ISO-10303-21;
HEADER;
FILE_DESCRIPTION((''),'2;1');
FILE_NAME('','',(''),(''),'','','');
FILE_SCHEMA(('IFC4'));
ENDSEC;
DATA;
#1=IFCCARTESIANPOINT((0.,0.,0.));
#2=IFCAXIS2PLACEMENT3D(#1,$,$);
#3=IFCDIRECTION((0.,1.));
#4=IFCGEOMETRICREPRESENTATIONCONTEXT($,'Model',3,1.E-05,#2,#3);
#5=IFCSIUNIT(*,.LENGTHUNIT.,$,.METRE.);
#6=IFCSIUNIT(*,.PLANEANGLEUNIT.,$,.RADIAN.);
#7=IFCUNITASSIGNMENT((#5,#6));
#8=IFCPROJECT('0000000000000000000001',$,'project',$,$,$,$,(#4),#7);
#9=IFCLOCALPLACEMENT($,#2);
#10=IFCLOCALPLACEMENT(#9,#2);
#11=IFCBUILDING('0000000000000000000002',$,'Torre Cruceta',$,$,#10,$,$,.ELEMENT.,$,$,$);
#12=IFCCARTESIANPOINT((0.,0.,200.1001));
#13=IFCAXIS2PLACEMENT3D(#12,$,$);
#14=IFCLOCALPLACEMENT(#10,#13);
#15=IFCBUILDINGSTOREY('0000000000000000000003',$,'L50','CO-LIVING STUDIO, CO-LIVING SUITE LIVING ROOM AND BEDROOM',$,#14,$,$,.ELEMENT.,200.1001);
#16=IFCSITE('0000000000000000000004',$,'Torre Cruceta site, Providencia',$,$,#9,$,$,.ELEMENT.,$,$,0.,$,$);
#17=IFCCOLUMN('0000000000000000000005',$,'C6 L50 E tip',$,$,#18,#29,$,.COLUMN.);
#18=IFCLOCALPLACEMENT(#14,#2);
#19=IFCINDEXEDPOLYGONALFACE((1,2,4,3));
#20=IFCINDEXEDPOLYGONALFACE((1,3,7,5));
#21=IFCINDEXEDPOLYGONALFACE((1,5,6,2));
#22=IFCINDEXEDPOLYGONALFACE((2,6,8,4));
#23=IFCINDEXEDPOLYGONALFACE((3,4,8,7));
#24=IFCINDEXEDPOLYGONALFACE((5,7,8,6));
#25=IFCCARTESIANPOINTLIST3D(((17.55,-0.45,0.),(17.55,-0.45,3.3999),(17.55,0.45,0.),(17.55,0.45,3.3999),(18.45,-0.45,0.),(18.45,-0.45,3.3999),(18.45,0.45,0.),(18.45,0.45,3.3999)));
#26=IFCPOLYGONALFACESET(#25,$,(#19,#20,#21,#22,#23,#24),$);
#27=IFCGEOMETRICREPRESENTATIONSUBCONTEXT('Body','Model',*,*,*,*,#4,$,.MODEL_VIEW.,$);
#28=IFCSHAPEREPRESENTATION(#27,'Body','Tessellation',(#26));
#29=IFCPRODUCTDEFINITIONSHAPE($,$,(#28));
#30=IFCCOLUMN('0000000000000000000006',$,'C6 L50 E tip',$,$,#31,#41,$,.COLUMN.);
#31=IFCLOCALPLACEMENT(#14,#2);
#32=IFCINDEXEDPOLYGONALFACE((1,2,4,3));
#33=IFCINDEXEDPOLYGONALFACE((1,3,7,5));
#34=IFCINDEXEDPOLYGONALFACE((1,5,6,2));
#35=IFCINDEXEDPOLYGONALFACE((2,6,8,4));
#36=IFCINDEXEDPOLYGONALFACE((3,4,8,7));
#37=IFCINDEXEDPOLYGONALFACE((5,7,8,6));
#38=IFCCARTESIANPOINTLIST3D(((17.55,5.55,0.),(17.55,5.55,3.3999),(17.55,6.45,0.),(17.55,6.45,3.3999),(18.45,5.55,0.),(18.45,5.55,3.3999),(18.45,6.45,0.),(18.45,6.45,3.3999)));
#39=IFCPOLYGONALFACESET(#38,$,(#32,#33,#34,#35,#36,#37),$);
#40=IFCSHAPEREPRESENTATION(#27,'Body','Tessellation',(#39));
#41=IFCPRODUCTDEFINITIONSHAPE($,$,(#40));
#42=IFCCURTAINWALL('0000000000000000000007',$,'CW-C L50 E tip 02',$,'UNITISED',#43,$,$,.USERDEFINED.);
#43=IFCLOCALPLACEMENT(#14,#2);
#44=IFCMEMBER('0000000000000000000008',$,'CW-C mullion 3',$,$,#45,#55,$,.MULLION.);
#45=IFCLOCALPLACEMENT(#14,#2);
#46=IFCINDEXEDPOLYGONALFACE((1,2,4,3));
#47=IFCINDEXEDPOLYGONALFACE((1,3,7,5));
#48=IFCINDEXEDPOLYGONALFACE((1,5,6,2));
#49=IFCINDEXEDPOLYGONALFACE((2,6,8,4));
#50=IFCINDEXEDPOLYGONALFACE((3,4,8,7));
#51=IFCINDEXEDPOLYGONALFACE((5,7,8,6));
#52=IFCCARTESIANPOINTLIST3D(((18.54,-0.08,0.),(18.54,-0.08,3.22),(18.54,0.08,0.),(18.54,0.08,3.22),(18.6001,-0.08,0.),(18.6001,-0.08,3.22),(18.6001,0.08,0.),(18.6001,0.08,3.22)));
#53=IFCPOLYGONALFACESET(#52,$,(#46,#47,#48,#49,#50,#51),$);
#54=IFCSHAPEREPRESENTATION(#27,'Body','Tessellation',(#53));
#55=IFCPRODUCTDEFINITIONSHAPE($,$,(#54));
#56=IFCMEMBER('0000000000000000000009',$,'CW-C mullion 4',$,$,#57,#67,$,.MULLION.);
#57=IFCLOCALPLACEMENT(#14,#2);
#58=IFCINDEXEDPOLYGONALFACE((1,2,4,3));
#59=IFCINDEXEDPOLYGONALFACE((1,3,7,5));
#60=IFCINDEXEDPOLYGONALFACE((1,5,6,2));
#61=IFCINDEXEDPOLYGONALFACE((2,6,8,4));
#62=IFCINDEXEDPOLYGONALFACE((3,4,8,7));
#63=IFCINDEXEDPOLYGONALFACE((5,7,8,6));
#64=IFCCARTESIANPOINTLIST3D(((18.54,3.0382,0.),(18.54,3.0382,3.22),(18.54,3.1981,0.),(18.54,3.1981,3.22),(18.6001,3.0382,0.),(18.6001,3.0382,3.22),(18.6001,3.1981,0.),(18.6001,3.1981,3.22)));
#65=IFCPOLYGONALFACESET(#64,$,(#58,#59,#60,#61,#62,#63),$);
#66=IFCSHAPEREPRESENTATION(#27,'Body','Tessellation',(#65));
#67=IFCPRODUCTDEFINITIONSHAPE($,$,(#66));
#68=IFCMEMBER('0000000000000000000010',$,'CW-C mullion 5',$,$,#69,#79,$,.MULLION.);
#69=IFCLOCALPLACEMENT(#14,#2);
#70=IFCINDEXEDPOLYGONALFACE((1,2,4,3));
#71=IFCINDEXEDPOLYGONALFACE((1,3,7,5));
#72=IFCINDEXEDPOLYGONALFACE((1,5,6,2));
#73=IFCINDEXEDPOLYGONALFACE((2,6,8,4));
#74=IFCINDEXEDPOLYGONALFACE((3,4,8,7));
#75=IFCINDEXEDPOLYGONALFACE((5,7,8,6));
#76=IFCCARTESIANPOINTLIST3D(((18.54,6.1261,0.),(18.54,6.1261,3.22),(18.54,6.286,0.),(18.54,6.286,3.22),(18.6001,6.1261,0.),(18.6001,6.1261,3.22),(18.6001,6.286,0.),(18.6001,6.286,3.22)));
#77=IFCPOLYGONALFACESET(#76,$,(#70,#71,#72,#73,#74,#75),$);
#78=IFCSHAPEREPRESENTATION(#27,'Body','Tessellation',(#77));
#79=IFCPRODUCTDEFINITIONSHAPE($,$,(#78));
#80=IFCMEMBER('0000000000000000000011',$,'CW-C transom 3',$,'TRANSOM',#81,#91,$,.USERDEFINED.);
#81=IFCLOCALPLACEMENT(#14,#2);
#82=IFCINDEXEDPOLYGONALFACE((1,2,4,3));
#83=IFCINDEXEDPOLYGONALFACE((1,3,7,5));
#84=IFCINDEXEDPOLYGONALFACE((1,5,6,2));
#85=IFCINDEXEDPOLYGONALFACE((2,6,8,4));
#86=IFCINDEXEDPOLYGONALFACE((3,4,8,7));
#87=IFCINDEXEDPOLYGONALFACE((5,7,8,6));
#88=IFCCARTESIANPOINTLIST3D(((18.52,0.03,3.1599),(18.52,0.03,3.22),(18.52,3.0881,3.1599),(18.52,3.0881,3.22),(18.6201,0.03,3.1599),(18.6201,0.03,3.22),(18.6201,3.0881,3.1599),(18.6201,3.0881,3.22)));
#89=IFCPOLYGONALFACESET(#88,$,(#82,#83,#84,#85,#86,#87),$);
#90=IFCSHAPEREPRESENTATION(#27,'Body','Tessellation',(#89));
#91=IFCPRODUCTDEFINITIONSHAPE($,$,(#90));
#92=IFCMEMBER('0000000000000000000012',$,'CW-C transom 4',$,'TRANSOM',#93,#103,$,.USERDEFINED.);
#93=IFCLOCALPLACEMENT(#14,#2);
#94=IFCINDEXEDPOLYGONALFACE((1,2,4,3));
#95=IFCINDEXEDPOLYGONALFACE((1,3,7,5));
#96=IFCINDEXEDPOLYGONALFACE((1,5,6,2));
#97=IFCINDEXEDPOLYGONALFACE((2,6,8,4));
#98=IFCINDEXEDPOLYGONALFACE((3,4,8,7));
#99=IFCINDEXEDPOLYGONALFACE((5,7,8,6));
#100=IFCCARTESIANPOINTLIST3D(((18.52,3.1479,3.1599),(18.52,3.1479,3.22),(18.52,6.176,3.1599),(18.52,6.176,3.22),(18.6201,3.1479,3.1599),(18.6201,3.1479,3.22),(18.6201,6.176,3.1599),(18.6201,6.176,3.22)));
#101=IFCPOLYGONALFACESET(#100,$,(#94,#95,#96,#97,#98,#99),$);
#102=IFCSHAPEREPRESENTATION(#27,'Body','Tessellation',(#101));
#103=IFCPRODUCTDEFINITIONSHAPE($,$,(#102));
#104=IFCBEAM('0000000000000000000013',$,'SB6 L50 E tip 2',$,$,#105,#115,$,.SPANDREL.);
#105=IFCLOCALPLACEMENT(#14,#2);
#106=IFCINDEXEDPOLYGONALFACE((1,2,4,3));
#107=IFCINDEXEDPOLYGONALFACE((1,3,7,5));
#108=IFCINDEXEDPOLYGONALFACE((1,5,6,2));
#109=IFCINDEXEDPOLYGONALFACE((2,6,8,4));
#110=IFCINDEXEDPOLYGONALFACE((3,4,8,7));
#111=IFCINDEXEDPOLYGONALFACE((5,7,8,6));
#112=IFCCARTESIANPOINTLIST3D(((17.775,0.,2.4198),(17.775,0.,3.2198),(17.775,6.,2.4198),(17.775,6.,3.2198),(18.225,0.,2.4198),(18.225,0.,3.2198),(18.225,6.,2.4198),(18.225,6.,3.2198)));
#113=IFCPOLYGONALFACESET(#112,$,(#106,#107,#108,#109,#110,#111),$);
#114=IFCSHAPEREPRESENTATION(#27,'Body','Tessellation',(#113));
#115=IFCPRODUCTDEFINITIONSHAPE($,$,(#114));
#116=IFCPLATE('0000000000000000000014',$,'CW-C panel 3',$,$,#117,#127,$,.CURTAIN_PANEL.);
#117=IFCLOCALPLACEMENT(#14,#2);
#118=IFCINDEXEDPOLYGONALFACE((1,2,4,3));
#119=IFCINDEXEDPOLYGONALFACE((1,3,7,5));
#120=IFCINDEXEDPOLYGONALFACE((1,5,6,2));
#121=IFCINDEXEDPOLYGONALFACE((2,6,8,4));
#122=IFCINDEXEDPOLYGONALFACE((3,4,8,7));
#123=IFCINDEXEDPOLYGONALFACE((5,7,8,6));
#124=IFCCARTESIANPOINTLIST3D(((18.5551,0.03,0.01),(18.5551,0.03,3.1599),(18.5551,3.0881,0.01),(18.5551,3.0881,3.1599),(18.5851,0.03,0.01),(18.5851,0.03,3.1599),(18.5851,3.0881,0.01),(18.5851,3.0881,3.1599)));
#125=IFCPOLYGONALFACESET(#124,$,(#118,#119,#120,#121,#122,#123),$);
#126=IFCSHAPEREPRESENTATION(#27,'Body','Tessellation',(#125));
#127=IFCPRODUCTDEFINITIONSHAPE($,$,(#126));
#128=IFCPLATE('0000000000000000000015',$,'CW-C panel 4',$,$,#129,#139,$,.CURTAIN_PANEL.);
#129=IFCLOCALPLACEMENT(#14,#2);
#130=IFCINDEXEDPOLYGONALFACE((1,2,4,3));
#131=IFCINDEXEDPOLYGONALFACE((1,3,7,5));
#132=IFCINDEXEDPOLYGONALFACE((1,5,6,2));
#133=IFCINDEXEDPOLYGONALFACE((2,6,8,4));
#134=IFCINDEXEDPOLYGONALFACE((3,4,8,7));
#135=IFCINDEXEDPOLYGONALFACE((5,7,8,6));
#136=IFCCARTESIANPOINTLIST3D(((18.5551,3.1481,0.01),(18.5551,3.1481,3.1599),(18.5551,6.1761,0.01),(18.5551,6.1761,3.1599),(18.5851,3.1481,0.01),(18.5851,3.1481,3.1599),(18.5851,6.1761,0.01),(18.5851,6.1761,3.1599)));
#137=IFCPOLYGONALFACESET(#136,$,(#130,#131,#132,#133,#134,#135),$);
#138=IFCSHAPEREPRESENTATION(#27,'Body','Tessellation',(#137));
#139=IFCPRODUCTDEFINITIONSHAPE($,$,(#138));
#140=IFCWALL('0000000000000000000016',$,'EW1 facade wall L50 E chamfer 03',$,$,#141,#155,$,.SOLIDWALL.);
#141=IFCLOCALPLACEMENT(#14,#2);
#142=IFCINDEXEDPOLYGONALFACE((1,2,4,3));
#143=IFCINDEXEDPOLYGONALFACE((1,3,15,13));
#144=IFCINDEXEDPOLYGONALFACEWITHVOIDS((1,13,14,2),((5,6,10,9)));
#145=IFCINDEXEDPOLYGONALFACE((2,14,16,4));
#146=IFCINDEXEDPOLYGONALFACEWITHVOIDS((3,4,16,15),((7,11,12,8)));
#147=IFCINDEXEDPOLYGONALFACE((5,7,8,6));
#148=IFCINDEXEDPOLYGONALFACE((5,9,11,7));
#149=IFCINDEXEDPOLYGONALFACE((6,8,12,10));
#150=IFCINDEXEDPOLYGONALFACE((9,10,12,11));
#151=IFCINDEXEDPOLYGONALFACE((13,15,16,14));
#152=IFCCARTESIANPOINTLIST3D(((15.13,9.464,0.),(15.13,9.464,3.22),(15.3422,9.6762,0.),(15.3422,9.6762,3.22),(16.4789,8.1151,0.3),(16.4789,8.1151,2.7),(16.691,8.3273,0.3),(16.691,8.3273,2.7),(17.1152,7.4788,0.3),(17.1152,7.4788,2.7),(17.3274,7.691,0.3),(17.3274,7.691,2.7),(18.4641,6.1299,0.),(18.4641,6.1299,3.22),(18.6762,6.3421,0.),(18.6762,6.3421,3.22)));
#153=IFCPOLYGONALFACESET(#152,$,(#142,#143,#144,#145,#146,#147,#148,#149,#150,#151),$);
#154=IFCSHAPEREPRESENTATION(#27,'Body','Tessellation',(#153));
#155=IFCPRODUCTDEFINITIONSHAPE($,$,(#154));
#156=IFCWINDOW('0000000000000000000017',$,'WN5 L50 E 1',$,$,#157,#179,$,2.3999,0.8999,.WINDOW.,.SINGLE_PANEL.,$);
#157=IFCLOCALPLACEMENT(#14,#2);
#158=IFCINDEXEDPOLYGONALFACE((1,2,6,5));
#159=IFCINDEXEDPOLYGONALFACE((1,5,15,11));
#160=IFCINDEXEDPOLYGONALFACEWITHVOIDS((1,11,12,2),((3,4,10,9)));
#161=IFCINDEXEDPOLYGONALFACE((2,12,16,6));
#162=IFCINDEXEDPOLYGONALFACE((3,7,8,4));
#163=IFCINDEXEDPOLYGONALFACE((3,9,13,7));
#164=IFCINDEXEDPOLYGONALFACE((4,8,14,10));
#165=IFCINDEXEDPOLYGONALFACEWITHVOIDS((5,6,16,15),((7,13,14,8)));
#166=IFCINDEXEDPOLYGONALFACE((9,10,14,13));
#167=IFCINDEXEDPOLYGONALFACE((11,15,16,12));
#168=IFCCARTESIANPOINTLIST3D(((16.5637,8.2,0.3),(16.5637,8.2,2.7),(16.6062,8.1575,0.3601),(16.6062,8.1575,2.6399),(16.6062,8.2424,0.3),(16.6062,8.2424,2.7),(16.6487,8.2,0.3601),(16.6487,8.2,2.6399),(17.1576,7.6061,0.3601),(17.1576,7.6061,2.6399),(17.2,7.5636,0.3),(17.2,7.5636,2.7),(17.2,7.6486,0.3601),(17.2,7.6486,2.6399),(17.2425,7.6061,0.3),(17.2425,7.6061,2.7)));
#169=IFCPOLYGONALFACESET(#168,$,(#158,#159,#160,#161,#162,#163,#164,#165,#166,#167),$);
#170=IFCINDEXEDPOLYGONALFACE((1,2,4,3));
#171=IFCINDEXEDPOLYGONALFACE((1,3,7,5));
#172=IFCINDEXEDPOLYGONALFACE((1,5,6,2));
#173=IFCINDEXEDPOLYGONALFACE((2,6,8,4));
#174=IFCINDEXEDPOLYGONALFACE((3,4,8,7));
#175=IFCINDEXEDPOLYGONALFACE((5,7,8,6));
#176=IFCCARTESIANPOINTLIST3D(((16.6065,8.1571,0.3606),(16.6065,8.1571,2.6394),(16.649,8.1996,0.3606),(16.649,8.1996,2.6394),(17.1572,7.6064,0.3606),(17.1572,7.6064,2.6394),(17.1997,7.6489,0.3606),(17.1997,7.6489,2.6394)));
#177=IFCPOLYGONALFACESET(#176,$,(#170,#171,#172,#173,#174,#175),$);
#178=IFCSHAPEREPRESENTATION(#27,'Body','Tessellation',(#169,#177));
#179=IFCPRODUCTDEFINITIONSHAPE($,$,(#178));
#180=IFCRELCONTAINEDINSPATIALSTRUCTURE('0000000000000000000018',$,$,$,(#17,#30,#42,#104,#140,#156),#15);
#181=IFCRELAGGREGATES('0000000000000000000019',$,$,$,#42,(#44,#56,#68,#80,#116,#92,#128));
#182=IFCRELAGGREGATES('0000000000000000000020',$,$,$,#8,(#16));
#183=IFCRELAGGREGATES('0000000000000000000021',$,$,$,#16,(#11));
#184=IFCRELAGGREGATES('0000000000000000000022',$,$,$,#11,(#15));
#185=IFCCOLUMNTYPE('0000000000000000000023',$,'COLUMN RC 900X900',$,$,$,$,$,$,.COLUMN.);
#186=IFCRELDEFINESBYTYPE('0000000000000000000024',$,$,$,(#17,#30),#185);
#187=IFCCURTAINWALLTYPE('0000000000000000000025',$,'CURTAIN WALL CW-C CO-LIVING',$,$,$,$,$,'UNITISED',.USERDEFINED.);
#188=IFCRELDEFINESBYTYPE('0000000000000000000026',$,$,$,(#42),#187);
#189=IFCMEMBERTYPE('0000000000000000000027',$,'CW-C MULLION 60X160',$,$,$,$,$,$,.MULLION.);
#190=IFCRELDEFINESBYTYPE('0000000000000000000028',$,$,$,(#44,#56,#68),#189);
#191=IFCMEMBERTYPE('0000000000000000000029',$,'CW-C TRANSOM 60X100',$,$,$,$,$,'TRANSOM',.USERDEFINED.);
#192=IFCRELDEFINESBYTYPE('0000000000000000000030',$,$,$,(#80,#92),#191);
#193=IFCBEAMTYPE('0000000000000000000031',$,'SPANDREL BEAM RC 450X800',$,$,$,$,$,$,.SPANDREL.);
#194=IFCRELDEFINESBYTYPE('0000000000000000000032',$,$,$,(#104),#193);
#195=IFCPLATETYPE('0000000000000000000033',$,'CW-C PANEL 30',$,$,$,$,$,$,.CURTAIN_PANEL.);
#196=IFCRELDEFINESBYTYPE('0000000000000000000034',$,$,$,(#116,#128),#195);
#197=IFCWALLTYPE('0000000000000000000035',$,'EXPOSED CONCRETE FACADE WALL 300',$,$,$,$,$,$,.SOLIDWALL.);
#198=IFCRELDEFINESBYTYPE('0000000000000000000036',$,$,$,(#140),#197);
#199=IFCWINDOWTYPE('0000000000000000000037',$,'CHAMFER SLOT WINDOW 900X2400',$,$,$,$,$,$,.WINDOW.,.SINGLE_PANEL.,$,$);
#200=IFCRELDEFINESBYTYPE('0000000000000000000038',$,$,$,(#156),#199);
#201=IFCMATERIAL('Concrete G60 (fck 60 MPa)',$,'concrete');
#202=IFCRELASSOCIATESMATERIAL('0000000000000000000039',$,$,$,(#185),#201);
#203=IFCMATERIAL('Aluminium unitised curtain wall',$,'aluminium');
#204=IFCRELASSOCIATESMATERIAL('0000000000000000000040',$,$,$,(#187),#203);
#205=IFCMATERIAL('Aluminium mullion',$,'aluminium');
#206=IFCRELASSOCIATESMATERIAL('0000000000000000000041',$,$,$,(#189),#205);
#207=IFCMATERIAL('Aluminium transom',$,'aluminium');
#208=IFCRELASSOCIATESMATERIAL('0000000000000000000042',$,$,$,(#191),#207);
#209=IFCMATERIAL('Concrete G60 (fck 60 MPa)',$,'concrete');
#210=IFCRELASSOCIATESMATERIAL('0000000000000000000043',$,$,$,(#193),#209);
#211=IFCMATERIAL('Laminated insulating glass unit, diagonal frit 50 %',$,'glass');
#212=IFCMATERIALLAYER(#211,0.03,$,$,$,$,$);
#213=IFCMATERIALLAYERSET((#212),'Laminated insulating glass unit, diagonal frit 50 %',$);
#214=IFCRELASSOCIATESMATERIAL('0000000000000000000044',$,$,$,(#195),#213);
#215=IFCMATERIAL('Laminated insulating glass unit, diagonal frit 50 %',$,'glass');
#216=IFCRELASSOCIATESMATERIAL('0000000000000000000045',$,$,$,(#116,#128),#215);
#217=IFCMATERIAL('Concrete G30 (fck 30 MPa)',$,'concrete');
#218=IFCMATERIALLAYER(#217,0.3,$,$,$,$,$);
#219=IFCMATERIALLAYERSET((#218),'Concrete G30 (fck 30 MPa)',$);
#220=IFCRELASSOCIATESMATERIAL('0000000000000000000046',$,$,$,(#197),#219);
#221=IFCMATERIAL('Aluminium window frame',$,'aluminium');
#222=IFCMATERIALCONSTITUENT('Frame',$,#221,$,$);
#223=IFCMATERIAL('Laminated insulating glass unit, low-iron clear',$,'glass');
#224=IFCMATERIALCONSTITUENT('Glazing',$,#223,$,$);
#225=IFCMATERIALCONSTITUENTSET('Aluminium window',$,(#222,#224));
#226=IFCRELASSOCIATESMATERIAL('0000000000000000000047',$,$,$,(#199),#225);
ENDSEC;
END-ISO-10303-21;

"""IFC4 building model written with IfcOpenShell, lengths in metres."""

from ifc_helpers import new_model, si_unit, direction, frame, frame_2d, origin, origin_2d, place, context, subcontext, project, spatial, rectangle, hollow_rectangle, extrude, material, layer, layer_set, constituent, constituent_set, material_profile, profile_set, type_object, element, fill, aggregate, save


model = new_model("IFC4")

# Units and contexts
model_context = context("Model", 3, precision=1e-05, world=origin(), true_north=direction((0.0, 1.0)))
body_context = subcontext(model_context, "Body", "Model", "MODEL_VIEW")
ifc_project = project(units=[si_unit("LENGTHUNIT", "METRE"), si_unit("PLANEANGLEUNIT", "RADIAN")], contexts=[model_context])

# Site, building, storey
site_placement = place(None, origin())
site = spatial("IfcSite", under=ifc_project, at=site_placement, Name="Torre Cruceta site, Providencia", CompositionType="ELEMENT", RefElevation=0.0)
building_placement = place(site_placement, origin())
building = spatial("IfcBuilding", under=site, at=building_placement, Name="Torre Cruceta", CompositionType="ELEMENT")
storey_placement = place(building_placement, frame((0.0, 0.0, 200.1001)))
storey = spatial("IfcBuildingStorey", under=building, at=storey_placement, Name="L50", Description="CO-LIVING STUDIO, CO-LIVING SUITE LIVING ROOM AND BEDROOM", CompositionType="ELEMENT", Elevation=200.1001)

# Columns
ifc_material_1 = material(Name="Concrete G60 (fck 60 MPa)", Category="concrete")
ifc_material_profile_1 = material_profile(ifc_material_1, rectangle(XDim=0.8999, YDim=0.8999, at=origin_2d()), Name="RC 900X900")
ifc_profile_set_1 = profile_set([ifc_material_profile_1], Name="Concrete G60 (fck 60 MPa)")
column_type = type_object("IfcColumnType", Name="COLUMN RC 900X900", PredefinedType="COLUMN", material=ifc_profile_set_1)
for number, where, z_axis, x_axis, name in (
    (1, (18.0, 0.0, 0.0), (0.0, 0.0, 1.0), (1.0, 0.0, 0.0), "C6 L50 E tip"),
    (2, (18.0, 6.0, 0.0), (0.0, 0.0, 1.0), (1.0, 0.0, 0.0), "C6 L50 E tip"),
):
    element("IfcColumn", number, at=place(storey_placement, frame(where, z_axis=z_axis, x_axis=x_axis)), inside=storey, type_object=column_type, Name=name, PredefinedType="COLUMN", context=body_context, shape_type="SweptSolid", body=[
        extrude(rectangle(XDim=0.8999, YDim=0.8999, at=origin_2d()), origin(), (0.0, 0.0, 1.0), 3.3999),
    ])

# Curtain wall, members
ifc_material_2 = material(Name="Aluminium unitised curtain wall", Category="aluminium")
curtain_wall_type = type_object("IfcCurtainWallType", Name="CURTAIN WALL CW-C CO-LIVING", ElementType="UNITISED", PredefinedType="USERDEFINED", material=ifc_material_2)
curtain_wall_placement = place(storey_placement, origin())
curtain_wall = element("IfcCurtainWall", 3, at=curtain_wall_placement, inside=storey, type_object=curtain_wall_type, Name="CW-C L50 E tip 02", ObjectType="UNITISED", PredefinedType="USERDEFINED")
ifc_material_3 = material(Name="Aluminium mullion", Category="aluminium")
ifc_material_profile_2 = material_profile(ifc_material_3, rectangle(XDim=0.0601, YDim=0.1599, at=origin_2d()), Name="AL 60X160")
ifc_profile_set_2 = profile_set([ifc_material_profile_2], Name="Aluminium mullion")
member_type_1 = type_object("IfcMemberType", Name="CW-C MULLION 60X160", PredefinedType="MULLION", material=ifc_profile_set_2)
member_1_placement = place(storey_placement, frame((18.5701, 0.0, 0.0), z_axis=(0.0, 0.0, 1.0), x_axis=(-1.0, 0.0, 0.0)))
member_1 = element("IfcMember", 4, at=member_1_placement, type_object=member_type_1, Name="CW-C mullion 3", PredefinedType="MULLION", context=body_context, shape_type="SweptSolid", body=[
    extrude(rectangle(XDim=0.0601, YDim=0.1599, at=origin_2d()), origin(), (0.0, 0.0, 1.0), 3.22),
])
member_2_placement = place(storey_placement, frame((18.5701, 3.1182, 0.0), z_axis=(0.0, 0.0, 1.0), x_axis=(-1.0, 0.0, 0.0)))
member_2 = element("IfcMember", 5, at=member_2_placement, type_object=member_type_1, Name="CW-C mullion 4", PredefinedType="MULLION", context=body_context, shape_type="SweptSolid", body=[
    extrude(rectangle(XDim=0.0601, YDim=0.1599, at=origin_2d()), origin(), (0.0, 0.0, 1.0), 3.22),
])
member_3_placement = place(storey_placement, frame((18.5701, 6.2061, 0.0), z_axis=(0.0, 0.0, 1.0), x_axis=(-1.0, 0.0, 0.0)))
member_3 = element("IfcMember", 6, at=member_3_placement, type_object=member_type_1, Name="CW-C mullion 5", PredefinedType="MULLION", context=body_context, shape_type="SweptSolid", body=[
    extrude(rectangle(XDim=0.0601, YDim=0.1599, at=origin_2d()), origin(), (0.0, 0.0, 1.0), 3.22),
])
ifc_material_4 = material(Name="Aluminium transom", Category="aluminium")
ifc_material_profile_3 = material_profile(ifc_material_4, rectangle(XDim=0.1001, YDim=0.0601, at=origin_2d()), Name="AL 100X60")
ifc_profile_set_3 = profile_set([ifc_material_profile_3], Name="Aluminium transom")
member_type_2 = type_object("IfcMemberType", Name="CW-C TRANSOM 60X100", ElementType="TRANSOM", PredefinedType="USERDEFINED", material=ifc_profile_set_3)
member_4_placement = place(storey_placement, frame((18.5701, 0.03, 3.1899), z_axis=(0.0, 1.0, 0.0), x_axis=(-1.0, 0.0, 0.0)))
member_4 = element("IfcMember", 7, at=member_4_placement, type_object=member_type_2, Name="CW-C transom 3", ObjectType="TRANSOM", PredefinedType="USERDEFINED", context=body_context, shape_type="SweptSolid", body=[
    extrude(rectangle(XDim=0.1001, YDim=0.0601, at=origin_2d()), origin(), (0.0, 0.0, 1.0), 3.0581),
])
member_5_placement = place(storey_placement, frame((18.5701, 3.1479, 3.1899), z_axis=(0.0, 1.0, 0.0), x_axis=(-1.0, 0.0, 0.0)))
member_5 = element("IfcMember", 8, at=member_5_placement, type_object=member_type_2, Name="CW-C transom 4", ObjectType="TRANSOM", PredefinedType="USERDEFINED", context=body_context, shape_type="SweptSolid", body=[
    extrude(rectangle(XDim=0.1001, YDim=0.0601, at=origin_2d()), origin(), (0.0, 0.0, 1.0), 3.0281),
])

# Beam
ifc_material_5 = material(Name="Concrete G60 (fck 60 MPa)", Category="concrete")
ifc_material_profile_4 = material_profile(ifc_material_5, rectangle(XDim=0.45, YDim=0.8, at=origin_2d()), Name="RC 450X800")
ifc_profile_set_4 = profile_set([ifc_material_profile_4], Name="Concrete G60 (fck 60 MPa)")
beam_type = type_object("IfcBeamType", Name="SPANDREL BEAM RC 450X800", PredefinedType="SPANDREL", material=ifc_profile_set_4)
beam_placement = place(storey_placement, frame((18.0, 0.0, 2.8198), z_axis=(0.0, 1.0, 0.0), x_axis=(-1.0, 0.0, 0.0)))
element("IfcBeam", 9, at=beam_placement, inside=storey, type_object=beam_type, Name="SB6 L50 E tip 2", PredefinedType="SPANDREL", context=body_context, shape_type="SweptSolid", body=[
    extrude(rectangle(XDim=0.45, YDim=0.8, at=origin_2d()), origin(), (0.0, 0.0, 1.0), 6.0),
])

# Plates
ifc_material_6 = material(Name="Laminated insulating glass unit, diagonal frit 50 %", Category="glass")
ifc_material_7 = material(Name="Laminated insulating glass unit, diagonal frit 50 %", Category="glass")
ifc_layer_1 = layer(ifc_material_7, 0.03)
ifc_layer_set_1 = layer_set([ifc_layer_1], Name="Laminated insulating glass unit, diagonal frit 50 %")
plate_type = type_object("IfcPlateType", Name="CW-C PANEL 30", PredefinedType="CURTAIN_PANEL", material=ifc_layer_set_1)
plate_1_placement = place(storey_placement, frame((18.5701, 1.5591, 0.01), z_axis=(0.0, 0.0, 1.0), x_axis=(0.0, 1.0, 0.0)))
plate_1 = element("IfcPlate", 10, at=plate_1_placement, type_object=plate_type, material=ifc_material_6, Name="CW-C panel 3", PredefinedType="CURTAIN_PANEL", context=body_context, shape_type="SweptSolid", body=[
    extrude(rectangle(XDim=3.0581, YDim=0.03, at=origin_2d()), origin(), (0.0, 0.0, 1.0), 3.1499),
])
plate_2_placement = place(storey_placement, frame((18.5701, 4.6621, 0.01), z_axis=(0.0, 0.0, 1.0), x_axis=(0.0, 1.0, 0.0)))
plate_2 = element("IfcPlate", 11, at=plate_2_placement, type_object=plate_type, material=ifc_material_6, Name="CW-C panel 4", PredefinedType="CURTAIN_PANEL", context=body_context, shape_type="SweptSolid", body=[
    extrude(rectangle(XDim=3.0281, YDim=0.03, at=origin_2d()), origin(), (0.0, 0.0, 1.0), 3.1499),
])
aggregate(curtain_wall, [member_1, member_2, member_3, member_4, plate_1, member_5, plate_2])

# Wall, opening, window
ifc_material_8 = material(Name="Concrete G30 (fck 30 MPa)", Category="concrete")
ifc_layer_2 = layer(ifc_material_8, 0.3)
ifc_layer_set_2 = layer_set([ifc_layer_2], Name="Concrete G30 (fck 30 MPa)")
wall_type_1 = type_object("IfcWallType", Name="EXPOSED CONCRETE FACADE WALL 300", PredefinedType="SOLIDWALL", material=ifc_layer_set_2)
wall_1_placement = place(storey_placement, frame((18.5701, 6.2361, 0.0), z_axis=(0.0, 0.0, 1.0), x_axis=(-0.707107, 0.707107, 0.0)))
wall_1 = element("IfcWall", 12, at=wall_1_placement, inside=storey, type_object=wall_type_1, Name="EW1 facade wall L50 E chamfer 03", PredefinedType="SOLIDWALL", context=body_context, shape_type="SweptSolid", body=[
    extrude(rectangle(XDim=4.7151, YDim=0.3, at=frame_2d((2.3574, 0.0))), origin(), (0.0, 0.0, 1.0), 3.22),
])
opening_1_placement = place(wall_1_placement, frame((1.9075, 0.0, 0.3)))
opening_1 = element("IfcOpeningElement", 13, at=opening_1_placement, cuts=wall_1, PredefinedType="OPENING", context=body_context, shape_type="SweptSolid", body=[
    extrude(rectangle(XDim=0.8999, YDim=2.3999, at=frame_2d((0.45, 1.2))), frame((0.0, 0.1599, 0.0), z_axis=(0.0, -1.0, 0.0), x_axis=(1.0, 0.0, 0.0)), (0.0, 0.0, 1.0), 0.3201),
])
ifc_material_9 = material(Name="Aluminium window frame", Category="aluminium")
ifc_constituent_1 = constituent(ifc_material_9, Name="Frame")
ifc_material_10 = material(Name="Laminated insulating glass unit, low-iron clear", Category="glass")
ifc_constituent_2 = constituent(ifc_material_10, Name="Glazing")
ifc_constituent_set_1 = constituent_set(constituents=[ifc_constituent_1, ifc_constituent_2], Name="Aluminium window")
window_type = type_object("IfcWindowType", Name="CHAMFER SLOT WINDOW 900X2400", PartitioningType="SINGLE_PANEL", PredefinedType="WINDOW", material=ifc_constituent_set_1)
window_placement = place(opening_1_placement, origin())
window = element("IfcWindow", 14, at=window_placement, inside=storey, type_object=window_type, Name="WN5 L50 E 1", OverallHeight=2.3999, OverallWidth=0.8999, PartitioningType="SINGLE_PANEL", PredefinedType="WINDOW", context=body_context, shape_type="SweptSolid", body=[
    extrude(hollow_rectangle(XDim=0.8999, YDim=2.3999, WallThickness=0.0601, at=frame_2d((0.45, 1.2))), frame((0.0, 0.03, 0.0), z_axis=(0.0, -1.0, 0.0), x_axis=(1.0, 0.0, 0.0)), (0.0, 0.0, 1.0), 0.0601),
    extrude(rectangle(XDim=0.7788, YDim=2.2788, at=frame_2d((0.45, 1.2))), frame((0.0, 0.03, 0.0), z_axis=(0.0, -1.0, 0.0), x_axis=(1.0, 0.0, 0.0)), (0.0, 0.0, 1.0), 0.0601),
])
fill(opening_1, window)

save(model, "model.ifc")
